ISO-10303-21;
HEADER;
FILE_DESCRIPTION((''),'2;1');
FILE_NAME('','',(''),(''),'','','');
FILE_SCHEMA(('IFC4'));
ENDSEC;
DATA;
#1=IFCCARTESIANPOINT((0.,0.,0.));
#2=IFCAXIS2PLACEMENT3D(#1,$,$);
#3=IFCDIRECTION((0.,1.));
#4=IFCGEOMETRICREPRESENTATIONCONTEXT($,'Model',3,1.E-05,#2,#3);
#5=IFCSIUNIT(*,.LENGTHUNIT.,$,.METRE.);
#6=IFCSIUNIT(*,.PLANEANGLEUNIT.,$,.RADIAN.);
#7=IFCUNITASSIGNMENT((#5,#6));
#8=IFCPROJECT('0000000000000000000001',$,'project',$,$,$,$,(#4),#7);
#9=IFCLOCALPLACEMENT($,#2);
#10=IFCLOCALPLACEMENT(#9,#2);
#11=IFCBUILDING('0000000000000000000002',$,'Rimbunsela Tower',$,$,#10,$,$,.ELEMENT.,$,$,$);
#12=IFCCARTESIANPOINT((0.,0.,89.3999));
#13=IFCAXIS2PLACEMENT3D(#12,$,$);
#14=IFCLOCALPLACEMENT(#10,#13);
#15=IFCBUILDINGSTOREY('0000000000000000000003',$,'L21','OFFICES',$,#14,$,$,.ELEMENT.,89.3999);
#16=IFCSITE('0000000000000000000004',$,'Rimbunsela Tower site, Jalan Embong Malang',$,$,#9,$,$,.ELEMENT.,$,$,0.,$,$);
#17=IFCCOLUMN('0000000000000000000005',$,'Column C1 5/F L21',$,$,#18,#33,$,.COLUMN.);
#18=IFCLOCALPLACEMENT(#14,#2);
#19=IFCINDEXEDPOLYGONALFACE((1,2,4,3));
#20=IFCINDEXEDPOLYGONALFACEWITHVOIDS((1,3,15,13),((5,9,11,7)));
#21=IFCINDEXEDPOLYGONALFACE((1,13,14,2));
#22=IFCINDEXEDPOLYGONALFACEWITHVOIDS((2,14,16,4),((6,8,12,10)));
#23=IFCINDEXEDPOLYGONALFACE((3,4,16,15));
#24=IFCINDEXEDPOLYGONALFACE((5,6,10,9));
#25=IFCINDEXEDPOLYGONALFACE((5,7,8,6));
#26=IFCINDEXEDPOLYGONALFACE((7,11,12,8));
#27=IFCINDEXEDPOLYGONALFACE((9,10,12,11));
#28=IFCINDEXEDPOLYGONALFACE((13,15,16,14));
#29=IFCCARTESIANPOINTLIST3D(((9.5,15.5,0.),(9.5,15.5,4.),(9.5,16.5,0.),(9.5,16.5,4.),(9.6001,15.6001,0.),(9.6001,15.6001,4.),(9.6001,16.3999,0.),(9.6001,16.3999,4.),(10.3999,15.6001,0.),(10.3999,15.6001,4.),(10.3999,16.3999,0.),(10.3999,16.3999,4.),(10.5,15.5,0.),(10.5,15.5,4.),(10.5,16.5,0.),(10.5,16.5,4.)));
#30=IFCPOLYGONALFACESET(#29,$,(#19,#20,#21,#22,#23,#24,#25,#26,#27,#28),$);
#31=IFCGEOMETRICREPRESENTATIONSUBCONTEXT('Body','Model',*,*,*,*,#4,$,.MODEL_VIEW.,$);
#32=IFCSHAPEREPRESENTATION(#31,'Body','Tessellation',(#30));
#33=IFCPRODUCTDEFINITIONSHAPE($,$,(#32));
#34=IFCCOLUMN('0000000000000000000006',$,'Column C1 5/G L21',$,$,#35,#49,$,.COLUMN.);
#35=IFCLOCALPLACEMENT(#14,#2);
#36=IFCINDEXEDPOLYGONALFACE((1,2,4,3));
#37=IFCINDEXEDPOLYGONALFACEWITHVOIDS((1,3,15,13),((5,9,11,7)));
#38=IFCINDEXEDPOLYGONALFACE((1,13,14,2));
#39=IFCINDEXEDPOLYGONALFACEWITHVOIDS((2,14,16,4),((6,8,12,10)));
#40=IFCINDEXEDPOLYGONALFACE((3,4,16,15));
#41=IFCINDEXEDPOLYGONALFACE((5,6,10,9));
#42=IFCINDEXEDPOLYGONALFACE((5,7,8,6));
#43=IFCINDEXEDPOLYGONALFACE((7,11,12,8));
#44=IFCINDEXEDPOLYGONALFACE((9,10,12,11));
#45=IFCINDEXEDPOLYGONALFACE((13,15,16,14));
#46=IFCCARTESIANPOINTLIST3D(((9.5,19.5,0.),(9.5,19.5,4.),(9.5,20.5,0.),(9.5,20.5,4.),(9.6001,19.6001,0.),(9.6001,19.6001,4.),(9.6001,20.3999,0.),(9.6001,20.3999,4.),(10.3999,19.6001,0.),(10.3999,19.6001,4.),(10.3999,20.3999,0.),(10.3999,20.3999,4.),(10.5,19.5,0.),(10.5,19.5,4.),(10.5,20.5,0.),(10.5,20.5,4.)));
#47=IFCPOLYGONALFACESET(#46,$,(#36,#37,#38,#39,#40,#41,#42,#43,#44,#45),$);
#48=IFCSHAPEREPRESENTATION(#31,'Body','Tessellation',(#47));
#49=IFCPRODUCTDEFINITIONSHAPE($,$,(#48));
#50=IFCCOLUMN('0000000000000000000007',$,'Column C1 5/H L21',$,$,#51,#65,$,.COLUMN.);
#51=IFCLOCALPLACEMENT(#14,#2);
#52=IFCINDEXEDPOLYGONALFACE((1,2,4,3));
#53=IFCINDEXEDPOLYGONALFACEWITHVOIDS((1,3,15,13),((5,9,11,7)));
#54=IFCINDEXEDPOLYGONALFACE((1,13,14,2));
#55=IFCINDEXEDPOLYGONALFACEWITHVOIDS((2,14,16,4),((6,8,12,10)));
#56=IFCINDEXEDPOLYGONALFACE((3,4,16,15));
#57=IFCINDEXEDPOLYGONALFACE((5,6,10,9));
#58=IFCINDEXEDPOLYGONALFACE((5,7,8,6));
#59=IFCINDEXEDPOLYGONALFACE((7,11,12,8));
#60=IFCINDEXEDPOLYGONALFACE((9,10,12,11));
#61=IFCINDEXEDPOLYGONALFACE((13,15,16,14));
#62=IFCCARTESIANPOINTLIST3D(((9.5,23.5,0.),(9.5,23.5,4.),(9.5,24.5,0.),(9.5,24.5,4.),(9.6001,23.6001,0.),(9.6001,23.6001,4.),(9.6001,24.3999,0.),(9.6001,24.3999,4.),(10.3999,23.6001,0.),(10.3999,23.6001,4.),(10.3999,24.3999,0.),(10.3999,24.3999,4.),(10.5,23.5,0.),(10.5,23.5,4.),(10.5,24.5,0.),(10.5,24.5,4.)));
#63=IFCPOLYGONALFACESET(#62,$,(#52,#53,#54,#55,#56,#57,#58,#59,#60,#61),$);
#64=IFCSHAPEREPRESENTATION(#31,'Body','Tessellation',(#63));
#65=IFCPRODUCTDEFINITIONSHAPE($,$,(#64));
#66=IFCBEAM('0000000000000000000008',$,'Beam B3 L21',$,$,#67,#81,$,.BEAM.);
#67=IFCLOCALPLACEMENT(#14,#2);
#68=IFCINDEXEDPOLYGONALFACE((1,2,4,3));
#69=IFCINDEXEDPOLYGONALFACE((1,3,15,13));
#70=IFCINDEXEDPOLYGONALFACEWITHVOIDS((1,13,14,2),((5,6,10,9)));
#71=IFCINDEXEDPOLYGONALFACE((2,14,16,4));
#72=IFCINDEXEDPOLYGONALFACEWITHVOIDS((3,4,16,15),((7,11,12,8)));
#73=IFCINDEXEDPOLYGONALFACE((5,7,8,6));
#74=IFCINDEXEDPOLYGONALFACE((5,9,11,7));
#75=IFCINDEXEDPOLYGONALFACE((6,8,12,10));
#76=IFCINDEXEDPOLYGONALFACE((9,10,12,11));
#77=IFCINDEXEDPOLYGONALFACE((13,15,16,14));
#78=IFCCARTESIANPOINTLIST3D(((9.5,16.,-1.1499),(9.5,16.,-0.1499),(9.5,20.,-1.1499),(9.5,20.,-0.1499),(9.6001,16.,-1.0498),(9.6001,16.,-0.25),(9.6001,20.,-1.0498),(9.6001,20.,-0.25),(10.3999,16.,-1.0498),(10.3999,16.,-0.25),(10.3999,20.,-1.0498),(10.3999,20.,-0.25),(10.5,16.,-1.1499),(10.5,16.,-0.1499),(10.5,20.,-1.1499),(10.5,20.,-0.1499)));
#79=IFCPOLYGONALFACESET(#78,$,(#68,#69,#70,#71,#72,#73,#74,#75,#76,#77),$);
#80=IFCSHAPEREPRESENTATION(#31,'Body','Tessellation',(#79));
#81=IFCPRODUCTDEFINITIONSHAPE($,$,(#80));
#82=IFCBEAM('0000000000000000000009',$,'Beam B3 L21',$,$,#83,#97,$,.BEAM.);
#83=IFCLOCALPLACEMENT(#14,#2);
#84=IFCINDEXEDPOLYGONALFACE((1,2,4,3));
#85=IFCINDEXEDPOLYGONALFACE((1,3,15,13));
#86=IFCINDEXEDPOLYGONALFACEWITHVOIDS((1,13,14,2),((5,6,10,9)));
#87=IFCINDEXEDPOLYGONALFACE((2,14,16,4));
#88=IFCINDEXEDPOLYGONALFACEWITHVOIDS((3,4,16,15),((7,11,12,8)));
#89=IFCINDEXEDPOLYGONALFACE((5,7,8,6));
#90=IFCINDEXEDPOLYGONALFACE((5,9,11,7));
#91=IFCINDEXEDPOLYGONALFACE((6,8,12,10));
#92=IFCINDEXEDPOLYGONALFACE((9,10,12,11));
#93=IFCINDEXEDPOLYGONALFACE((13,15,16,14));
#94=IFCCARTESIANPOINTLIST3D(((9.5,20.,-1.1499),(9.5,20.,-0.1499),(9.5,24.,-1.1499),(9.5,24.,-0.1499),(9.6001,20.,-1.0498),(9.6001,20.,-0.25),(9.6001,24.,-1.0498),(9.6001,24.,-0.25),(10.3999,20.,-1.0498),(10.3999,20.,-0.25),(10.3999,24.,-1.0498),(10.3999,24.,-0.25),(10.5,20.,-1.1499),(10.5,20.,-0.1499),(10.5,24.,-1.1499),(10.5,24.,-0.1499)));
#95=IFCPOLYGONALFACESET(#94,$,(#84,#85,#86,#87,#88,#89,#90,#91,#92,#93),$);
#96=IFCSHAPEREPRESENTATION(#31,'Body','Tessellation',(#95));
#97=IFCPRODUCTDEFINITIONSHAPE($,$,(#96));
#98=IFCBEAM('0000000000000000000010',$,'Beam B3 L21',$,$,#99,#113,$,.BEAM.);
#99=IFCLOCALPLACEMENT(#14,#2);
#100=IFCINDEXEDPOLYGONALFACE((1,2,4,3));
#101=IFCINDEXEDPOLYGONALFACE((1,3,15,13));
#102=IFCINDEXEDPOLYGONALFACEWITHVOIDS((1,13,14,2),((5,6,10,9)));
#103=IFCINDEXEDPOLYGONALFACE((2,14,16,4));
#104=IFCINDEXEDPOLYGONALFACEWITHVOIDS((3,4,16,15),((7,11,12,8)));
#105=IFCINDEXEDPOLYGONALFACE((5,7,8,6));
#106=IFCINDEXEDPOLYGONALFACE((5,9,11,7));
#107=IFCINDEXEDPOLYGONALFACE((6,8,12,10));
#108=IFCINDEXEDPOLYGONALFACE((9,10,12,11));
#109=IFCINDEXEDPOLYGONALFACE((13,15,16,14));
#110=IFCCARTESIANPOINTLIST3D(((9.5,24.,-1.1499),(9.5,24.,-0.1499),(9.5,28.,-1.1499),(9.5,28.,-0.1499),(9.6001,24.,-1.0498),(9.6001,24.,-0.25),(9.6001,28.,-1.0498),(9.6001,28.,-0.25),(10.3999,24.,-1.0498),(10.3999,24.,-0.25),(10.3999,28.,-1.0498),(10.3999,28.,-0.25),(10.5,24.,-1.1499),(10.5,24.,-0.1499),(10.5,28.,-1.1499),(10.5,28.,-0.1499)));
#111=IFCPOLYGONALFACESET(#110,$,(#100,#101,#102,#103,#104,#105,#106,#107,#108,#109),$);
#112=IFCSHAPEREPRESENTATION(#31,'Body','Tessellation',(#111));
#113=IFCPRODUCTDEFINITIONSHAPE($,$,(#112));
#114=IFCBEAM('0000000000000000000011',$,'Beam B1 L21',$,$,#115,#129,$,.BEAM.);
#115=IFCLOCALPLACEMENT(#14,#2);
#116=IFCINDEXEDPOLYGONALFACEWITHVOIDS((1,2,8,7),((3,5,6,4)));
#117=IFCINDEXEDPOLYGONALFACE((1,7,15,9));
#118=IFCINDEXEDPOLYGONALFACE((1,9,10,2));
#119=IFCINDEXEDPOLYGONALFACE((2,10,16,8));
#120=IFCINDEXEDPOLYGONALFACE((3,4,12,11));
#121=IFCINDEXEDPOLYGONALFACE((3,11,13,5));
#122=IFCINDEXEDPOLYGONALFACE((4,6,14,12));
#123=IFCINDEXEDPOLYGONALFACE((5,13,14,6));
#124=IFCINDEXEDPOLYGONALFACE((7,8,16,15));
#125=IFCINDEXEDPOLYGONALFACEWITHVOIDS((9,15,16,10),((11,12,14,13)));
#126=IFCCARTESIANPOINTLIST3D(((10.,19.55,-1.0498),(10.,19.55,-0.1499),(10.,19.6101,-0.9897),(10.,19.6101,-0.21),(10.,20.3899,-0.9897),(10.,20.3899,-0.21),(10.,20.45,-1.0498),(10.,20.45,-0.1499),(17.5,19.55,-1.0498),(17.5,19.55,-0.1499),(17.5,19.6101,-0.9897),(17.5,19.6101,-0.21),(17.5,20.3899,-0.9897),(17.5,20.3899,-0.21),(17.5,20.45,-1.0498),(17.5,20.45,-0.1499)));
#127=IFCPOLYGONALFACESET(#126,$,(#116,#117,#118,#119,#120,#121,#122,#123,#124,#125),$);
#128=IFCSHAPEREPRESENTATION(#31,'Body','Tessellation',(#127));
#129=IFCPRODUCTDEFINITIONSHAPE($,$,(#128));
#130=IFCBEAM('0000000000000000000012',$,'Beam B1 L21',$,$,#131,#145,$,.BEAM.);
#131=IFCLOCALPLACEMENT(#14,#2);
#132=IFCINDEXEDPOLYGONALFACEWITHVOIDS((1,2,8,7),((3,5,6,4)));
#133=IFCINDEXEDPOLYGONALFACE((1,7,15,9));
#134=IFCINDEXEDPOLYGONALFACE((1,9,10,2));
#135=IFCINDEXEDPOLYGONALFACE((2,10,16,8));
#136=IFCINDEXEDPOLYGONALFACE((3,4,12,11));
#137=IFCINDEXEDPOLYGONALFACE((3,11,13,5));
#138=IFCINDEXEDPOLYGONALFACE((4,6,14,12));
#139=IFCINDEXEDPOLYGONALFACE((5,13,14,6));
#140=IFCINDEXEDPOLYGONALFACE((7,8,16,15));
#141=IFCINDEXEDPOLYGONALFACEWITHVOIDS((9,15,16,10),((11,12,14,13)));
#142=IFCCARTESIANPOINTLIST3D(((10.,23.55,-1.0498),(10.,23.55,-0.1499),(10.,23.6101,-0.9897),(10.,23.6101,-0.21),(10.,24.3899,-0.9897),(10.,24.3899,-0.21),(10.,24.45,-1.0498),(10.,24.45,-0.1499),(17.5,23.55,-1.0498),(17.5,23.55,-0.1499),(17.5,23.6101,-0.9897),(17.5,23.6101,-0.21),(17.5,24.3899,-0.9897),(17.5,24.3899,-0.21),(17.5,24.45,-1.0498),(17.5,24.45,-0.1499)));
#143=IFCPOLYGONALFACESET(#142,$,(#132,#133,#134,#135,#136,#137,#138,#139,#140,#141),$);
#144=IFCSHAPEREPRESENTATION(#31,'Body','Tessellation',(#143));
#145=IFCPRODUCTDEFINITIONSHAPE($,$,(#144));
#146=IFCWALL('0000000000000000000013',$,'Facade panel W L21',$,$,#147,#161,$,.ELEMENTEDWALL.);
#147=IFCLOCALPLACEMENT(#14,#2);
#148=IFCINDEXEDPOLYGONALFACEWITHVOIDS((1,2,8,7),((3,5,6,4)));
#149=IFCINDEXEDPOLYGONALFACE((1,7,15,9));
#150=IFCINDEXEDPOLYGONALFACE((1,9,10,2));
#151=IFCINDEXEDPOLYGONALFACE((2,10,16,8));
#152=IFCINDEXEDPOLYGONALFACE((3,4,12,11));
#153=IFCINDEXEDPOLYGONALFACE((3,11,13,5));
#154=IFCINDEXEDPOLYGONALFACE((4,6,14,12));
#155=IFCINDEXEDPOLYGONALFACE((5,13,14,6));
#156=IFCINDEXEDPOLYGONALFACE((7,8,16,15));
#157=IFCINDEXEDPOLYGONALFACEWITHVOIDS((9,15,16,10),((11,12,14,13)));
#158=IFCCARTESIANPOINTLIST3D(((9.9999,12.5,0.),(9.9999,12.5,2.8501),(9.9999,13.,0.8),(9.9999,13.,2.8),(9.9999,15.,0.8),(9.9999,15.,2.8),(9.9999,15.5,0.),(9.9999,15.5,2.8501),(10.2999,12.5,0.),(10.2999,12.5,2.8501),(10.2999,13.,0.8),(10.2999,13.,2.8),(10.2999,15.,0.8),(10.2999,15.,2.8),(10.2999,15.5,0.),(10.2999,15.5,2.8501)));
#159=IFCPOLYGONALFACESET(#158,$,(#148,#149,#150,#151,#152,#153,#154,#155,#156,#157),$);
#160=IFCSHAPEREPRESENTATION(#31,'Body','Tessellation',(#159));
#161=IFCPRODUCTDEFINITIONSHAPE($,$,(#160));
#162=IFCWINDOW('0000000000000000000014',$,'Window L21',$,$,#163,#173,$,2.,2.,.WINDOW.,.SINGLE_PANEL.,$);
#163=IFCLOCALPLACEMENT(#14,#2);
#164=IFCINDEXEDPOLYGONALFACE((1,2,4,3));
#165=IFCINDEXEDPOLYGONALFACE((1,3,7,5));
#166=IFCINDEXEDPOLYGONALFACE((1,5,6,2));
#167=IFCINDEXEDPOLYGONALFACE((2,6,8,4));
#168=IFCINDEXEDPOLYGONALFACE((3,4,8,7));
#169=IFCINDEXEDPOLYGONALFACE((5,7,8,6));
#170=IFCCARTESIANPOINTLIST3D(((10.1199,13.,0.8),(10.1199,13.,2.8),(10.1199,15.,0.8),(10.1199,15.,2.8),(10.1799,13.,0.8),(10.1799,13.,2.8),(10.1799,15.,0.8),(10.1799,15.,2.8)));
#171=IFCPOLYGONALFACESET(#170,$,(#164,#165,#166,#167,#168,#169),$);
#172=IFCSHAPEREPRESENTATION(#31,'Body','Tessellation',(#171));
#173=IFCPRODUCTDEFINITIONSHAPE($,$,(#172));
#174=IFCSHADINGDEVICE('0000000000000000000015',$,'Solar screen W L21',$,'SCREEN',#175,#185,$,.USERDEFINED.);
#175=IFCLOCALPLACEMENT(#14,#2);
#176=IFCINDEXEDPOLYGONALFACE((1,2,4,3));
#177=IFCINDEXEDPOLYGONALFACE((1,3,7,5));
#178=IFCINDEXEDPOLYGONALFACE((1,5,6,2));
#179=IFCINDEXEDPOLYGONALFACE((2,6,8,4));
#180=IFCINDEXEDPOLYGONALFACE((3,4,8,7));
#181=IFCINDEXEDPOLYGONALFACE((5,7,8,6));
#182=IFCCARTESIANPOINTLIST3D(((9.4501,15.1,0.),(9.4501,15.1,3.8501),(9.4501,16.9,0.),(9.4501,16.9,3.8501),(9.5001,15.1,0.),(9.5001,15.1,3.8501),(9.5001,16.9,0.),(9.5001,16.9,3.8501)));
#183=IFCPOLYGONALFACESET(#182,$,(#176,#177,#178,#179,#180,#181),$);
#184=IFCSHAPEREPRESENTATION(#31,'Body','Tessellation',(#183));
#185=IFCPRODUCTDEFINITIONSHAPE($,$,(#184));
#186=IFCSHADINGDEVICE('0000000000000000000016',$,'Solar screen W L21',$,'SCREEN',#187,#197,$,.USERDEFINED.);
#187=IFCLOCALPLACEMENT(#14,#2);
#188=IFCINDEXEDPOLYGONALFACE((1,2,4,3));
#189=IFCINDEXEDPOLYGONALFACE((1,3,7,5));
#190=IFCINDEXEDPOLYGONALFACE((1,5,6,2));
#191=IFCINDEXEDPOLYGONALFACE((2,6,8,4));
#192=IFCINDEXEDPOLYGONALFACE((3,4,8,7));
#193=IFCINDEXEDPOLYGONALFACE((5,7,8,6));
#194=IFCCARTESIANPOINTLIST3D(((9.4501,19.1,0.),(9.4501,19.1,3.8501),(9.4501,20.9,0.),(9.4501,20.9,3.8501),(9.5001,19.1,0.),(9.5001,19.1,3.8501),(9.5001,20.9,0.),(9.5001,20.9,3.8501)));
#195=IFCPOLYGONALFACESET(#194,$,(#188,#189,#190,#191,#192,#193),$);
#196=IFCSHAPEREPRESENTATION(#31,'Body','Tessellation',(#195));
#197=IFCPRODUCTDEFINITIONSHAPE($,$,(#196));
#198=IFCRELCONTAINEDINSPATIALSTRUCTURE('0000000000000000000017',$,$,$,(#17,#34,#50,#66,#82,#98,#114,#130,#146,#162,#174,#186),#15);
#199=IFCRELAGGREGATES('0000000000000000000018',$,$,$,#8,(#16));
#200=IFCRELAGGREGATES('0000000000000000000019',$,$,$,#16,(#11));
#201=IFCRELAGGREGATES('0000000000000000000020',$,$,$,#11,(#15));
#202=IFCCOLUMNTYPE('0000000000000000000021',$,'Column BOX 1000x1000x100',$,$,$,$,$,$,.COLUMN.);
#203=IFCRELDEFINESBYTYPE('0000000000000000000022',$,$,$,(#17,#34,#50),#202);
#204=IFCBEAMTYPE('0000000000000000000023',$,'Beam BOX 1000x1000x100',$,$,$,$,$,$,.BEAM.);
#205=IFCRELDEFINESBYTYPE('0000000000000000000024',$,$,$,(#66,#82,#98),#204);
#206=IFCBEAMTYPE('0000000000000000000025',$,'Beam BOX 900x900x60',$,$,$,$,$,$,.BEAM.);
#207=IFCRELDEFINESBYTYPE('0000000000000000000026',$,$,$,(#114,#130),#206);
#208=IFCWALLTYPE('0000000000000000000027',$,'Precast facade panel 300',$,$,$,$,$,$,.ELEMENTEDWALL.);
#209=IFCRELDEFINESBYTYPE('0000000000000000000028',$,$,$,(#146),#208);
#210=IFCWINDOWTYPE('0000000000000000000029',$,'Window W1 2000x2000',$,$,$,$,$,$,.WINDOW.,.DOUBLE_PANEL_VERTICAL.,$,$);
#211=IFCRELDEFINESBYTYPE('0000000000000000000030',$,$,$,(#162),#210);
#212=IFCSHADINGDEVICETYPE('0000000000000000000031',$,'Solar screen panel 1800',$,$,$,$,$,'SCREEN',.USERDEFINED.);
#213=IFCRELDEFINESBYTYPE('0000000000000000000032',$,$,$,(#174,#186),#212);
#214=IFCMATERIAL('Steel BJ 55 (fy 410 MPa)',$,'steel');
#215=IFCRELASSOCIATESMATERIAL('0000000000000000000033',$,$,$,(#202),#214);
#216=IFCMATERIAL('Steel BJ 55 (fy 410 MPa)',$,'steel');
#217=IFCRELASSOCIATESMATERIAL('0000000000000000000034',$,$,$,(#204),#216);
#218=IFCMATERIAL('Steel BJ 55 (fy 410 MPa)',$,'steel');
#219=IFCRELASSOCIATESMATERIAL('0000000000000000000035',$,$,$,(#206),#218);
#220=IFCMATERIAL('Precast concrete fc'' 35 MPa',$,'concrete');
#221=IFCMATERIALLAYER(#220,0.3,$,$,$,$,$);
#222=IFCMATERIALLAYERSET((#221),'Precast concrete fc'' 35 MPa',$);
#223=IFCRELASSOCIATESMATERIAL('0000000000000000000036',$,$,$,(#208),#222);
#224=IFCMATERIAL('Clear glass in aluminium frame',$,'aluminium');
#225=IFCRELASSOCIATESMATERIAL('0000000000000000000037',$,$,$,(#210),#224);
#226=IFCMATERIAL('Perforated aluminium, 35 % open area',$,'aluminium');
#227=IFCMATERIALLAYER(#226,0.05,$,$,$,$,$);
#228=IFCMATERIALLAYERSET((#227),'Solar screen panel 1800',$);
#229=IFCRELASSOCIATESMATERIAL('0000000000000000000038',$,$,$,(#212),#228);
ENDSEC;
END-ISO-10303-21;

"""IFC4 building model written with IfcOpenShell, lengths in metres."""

from ifc_helpers import new_model, si_unit, direction, frame, frame_2d, origin, origin_2d, place, context, subcontext, project, spatial, rectangle, hollow_rectangle, extrude, material, layer, layer_set, material_profile, profile_set, type_object, element, fill, save


model = new_model("IFC4")

# Units and contexts
model_context = context("Model", 3, precision=1e-05, world=origin(), true_north=direction((0.0, 1.0)))
body_context = subcontext(model_context, "Body", "Model", "MODEL_VIEW")
ifc_project = project(units=[si_unit("LENGTHUNIT", "METRE"), si_unit("PLANEANGLEUNIT", "RADIAN")], contexts=[model_context])

# Site, building, storey
site_placement = place(None, origin())
site = spatial("IfcSite", under=ifc_project, at=site_placement, Name="Rimbunsela Tower site, Jalan Embong Malang", CompositionType="ELEMENT", RefElevation=0.0)
building_placement = place(site_placement, origin())
building = spatial("IfcBuilding", under=site, at=building_placement, Name="Rimbunsela Tower", CompositionType="ELEMENT")
storey_placement = place(building_placement, frame((0.0, 0.0, 89.3999)))
storey = spatial("IfcBuildingStorey", under=building, at=storey_placement, Name="L21", Description="OFFICES", CompositionType="ELEMENT", Elevation=89.3999)

# Columns
ifc_material_1 = material(Name="Steel BJ 55 (fy 410 MPa)", Category="steel")
ifc_material_profile_1 = material_profile(ifc_material_1, hollow_rectangle(XDim=1.0, YDim=1.0, WallThickness=0.1001, at=origin_2d()), Name="BOX 1000x1000x100")
ifc_profile_set_1 = profile_set([ifc_material_profile_1], Name="Steel BJ 55 (fy 410 MPa)")
column_type = type_object("IfcColumnType", Name="Column BOX 1000x1000x100", PredefinedType="COLUMN", material=ifc_profile_set_1)
for number, where, z_axis, x_axis, name in (
    (1, (10.0, 16.0, 0.0), (0.0, 0.0, 1.0), (1.0, 0.0, 0.0), "Column C1 5/F L21"),
    (2, (10.0, 20.0, 0.0), (0.0, 0.0, 1.0), (1.0, 0.0, 0.0), "Column C1 5/G L21"),
    (3, (10.0, 24.0, 0.0), (0.0, 0.0, 1.0), (1.0, 0.0, 0.0), "Column C1 5/H L21"),
):
    element("IfcColumn", number, at=place(storey_placement, frame(where, z_axis=z_axis, x_axis=x_axis)), inside=storey, type_object=column_type, Name=name, PredefinedType="COLUMN", context=body_context, shape_type="SweptSolid", body=[
        extrude(hollow_rectangle(XDim=1.0, YDim=1.0, WallThickness=0.1001, at=origin_2d()), origin(), (0.0, 0.0, 1.0), 4.0),
    ])

# Beams
ifc_material_2 = material(Name="Steel BJ 55 (fy 410 MPa)", Category="steel")
ifc_material_profile_2 = material_profile(ifc_material_2, hollow_rectangle(XDim=1.0, YDim=1.0, WallThickness=0.1001, at=origin_2d()), Name="BOX 1000x1000x100")
ifc_profile_set_2 = profile_set([ifc_material_profile_2], Name="Steel BJ 55 (fy 410 MPa)")
beam_type_1 = type_object("IfcBeamType", Name="Beam BOX 1000x1000x100", PredefinedType="BEAM", material=ifc_profile_set_2)
for number, where, z_axis, x_axis, name in (
    (4, (10.0, 16.0, -0.6499), (0.0, 1.0, 0.0), (-1.0, 0.0, 0.0), "Beam B3 L21"),
    (5, (10.0, 20.0, -0.6499), (0.0, 1.0, 0.0), (-1.0, 0.0, 0.0), "Beam B3 L21"),
    (6, (10.0, 24.0, -0.6499), (0.0, 1.0, 0.0), (-1.0, 0.0, 0.0), "Beam B3 L21"),
):
    element("IfcBeam", number, at=place(storey_placement, frame(where, z_axis=z_axis, x_axis=x_axis)), inside=storey, type_object=beam_type_1, Name=name, PredefinedType="BEAM", context=body_context, shape_type="SweptSolid", body=[
        extrude(hollow_rectangle(XDim=1.0, YDim=1.0, WallThickness=0.1001, at=origin_2d()), origin(), (0.0, 0.0, 1.0), 4.0),
    ])
ifc_material_3 = material(Name="Steel BJ 55 (fy 410 MPa)", Category="steel")
ifc_material_profile_3 = material_profile(ifc_material_3, hollow_rectangle(XDim=0.8999, YDim=0.8999, WallThickness=0.0601, at=origin_2d()), Name="BOX 900x900x60")
ifc_profile_set_3 = profile_set([ifc_material_profile_3], Name="Steel BJ 55 (fy 410 MPa)")
beam_type_2 = type_object("IfcBeamType", Name="Beam BOX 900x900x60", PredefinedType="BEAM", material=ifc_profile_set_3)
for number, where, z_axis, x_axis, name in (
    (7, (10.0, 20.0, -0.5999), (1.0, 0.0, 0.0), (0.0, 1.0, 0.0), "Beam B1 L21"),
    (8, (10.0, 24.0, -0.5999), (1.0, 0.0, 0.0), (0.0, 1.0, 0.0), "Beam B1 L21"),
):
    element("IfcBeam", number, at=place(storey_placement, frame(where, z_axis=z_axis, x_axis=x_axis)), inside=storey, type_object=beam_type_2, Name=name, PredefinedType="BEAM", context=body_context, shape_type="SweptSolid", body=[
        extrude(hollow_rectangle(XDim=0.8999, YDim=0.8999, WallThickness=0.0601, at=origin_2d()), origin(), (0.0, 0.0, 1.0), 7.5),
    ])

# Wall, opening, window
ifc_material_4 = material(Name="Precast concrete fc' 35 MPa", Category="concrete")
ifc_layer_1 = layer(ifc_material_4, 0.3)
ifc_layer_set_1 = layer_set([ifc_layer_1], Name="Precast concrete fc' 35 MPa")
wall_type = type_object("IfcWallType", Name="Precast facade panel 300", PredefinedType="ELEMENTEDWALL", material=ifc_layer_set_1)
wall_placement = place(storey_placement, frame((10.1499, 15.5, 0.0), z_axis=(0.0, 0.0, 1.0), x_axis=(0.0, -1.0, 0.0)))
wall = element("IfcWall", 9, at=wall_placement, inside=storey, type_object=wall_type, Name="Facade panel W L21", PredefinedType="ELEMENTEDWALL", context=body_context, shape_type="SweptSolid", body=[
    extrude(rectangle(XDim=3.0, YDim=0.3, at=frame_2d((1.5, 0.0))), origin(), (0.0, 0.0, 1.0), 2.8501),
])
opening_placement = place(wall_placement, frame((0.5, 0.0, 0.8)))
opening = element("IfcOpeningElement", 10, at=opening_placement, cuts=wall, PredefinedType="OPENING", context=body_context, shape_type="SweptSolid", body=[
    extrude(rectangle(XDim=2.0, YDim=2.0, at=frame_2d((1.0, 1.0))), frame((0.0, 0.1599, 0.0), z_axis=(0.0, -1.0, 0.0), x_axis=(1.0, 0.0, 0.0)), (0.0, 0.0, 1.0), 0.3201),
])
ifc_material_5 = material(Name="Clear glass in aluminium frame", Category="aluminium")
window_type = type_object("IfcWindowType", Name="Window W1 2000x2000", PartitioningType="DOUBLE_PANEL_VERTICAL", PredefinedType="WINDOW", material=ifc_material_5)
window_placement = place(opening_placement, origin())
window = element("IfcWindow", 11, at=window_placement, inside=storey, type_object=window_type, Name="Window L21", OverallHeight=2.0, OverallWidth=2.0, PartitioningType="SINGLE_PANEL", PredefinedType="WINDOW", context=body_context, shape_type="SweptSolid", body=[
    extrude(rectangle(XDim=2.0, YDim=2.0, at=frame_2d((1.0, 1.0))), frame((0.0, 0.03, 0.0), z_axis=(0.0, -1.0, 0.0), x_axis=(1.0, 0.0, 0.0)), (0.0, 0.0, 1.0), 0.0601),
])
fill(opening, window)

# Shading devices
ifc_material_6 = material(Name="Perforated aluminium, 35 % open area", Category="aluminium")
ifc_layer_2 = layer(ifc_material_6, 0.05)
ifc_layer_set_2 = layer_set([ifc_layer_2], Name="Solar screen panel 1800")
shading_device_type = type_object("IfcShadingDeviceType", Name="Solar screen panel 1800", ElementType="SCREEN", PredefinedType="USERDEFINED", material=ifc_layer_set_2)
for number, where, z_axis, x_axis, name in (
    (12, (9.4751, 16.0, 0.0), (0.0, 0.0, 1.0), (0.0, 1.0, 0.0), "Solar screen W L21"),
    (13, (9.4751, 20.0, 0.0), (0.0, 0.0, 1.0), (0.0, 1.0, 0.0), "Solar screen W L21"),
):
    element("IfcShadingDevice", number, at=place(storey_placement, frame(where, z_axis=z_axis, x_axis=x_axis)), inside=storey, type_object=shading_device_type, Name=name, ObjectType="SCREEN", PredefinedType="USERDEFINED", context=body_context, shape_type="SweptSolid", body=[
        extrude(rectangle(XDim=1.8, YDim=0.05, at=origin_2d()), origin(), (0.0, 0.0, 1.0), 3.8501),
    ])

save(model, "model.ifc")
